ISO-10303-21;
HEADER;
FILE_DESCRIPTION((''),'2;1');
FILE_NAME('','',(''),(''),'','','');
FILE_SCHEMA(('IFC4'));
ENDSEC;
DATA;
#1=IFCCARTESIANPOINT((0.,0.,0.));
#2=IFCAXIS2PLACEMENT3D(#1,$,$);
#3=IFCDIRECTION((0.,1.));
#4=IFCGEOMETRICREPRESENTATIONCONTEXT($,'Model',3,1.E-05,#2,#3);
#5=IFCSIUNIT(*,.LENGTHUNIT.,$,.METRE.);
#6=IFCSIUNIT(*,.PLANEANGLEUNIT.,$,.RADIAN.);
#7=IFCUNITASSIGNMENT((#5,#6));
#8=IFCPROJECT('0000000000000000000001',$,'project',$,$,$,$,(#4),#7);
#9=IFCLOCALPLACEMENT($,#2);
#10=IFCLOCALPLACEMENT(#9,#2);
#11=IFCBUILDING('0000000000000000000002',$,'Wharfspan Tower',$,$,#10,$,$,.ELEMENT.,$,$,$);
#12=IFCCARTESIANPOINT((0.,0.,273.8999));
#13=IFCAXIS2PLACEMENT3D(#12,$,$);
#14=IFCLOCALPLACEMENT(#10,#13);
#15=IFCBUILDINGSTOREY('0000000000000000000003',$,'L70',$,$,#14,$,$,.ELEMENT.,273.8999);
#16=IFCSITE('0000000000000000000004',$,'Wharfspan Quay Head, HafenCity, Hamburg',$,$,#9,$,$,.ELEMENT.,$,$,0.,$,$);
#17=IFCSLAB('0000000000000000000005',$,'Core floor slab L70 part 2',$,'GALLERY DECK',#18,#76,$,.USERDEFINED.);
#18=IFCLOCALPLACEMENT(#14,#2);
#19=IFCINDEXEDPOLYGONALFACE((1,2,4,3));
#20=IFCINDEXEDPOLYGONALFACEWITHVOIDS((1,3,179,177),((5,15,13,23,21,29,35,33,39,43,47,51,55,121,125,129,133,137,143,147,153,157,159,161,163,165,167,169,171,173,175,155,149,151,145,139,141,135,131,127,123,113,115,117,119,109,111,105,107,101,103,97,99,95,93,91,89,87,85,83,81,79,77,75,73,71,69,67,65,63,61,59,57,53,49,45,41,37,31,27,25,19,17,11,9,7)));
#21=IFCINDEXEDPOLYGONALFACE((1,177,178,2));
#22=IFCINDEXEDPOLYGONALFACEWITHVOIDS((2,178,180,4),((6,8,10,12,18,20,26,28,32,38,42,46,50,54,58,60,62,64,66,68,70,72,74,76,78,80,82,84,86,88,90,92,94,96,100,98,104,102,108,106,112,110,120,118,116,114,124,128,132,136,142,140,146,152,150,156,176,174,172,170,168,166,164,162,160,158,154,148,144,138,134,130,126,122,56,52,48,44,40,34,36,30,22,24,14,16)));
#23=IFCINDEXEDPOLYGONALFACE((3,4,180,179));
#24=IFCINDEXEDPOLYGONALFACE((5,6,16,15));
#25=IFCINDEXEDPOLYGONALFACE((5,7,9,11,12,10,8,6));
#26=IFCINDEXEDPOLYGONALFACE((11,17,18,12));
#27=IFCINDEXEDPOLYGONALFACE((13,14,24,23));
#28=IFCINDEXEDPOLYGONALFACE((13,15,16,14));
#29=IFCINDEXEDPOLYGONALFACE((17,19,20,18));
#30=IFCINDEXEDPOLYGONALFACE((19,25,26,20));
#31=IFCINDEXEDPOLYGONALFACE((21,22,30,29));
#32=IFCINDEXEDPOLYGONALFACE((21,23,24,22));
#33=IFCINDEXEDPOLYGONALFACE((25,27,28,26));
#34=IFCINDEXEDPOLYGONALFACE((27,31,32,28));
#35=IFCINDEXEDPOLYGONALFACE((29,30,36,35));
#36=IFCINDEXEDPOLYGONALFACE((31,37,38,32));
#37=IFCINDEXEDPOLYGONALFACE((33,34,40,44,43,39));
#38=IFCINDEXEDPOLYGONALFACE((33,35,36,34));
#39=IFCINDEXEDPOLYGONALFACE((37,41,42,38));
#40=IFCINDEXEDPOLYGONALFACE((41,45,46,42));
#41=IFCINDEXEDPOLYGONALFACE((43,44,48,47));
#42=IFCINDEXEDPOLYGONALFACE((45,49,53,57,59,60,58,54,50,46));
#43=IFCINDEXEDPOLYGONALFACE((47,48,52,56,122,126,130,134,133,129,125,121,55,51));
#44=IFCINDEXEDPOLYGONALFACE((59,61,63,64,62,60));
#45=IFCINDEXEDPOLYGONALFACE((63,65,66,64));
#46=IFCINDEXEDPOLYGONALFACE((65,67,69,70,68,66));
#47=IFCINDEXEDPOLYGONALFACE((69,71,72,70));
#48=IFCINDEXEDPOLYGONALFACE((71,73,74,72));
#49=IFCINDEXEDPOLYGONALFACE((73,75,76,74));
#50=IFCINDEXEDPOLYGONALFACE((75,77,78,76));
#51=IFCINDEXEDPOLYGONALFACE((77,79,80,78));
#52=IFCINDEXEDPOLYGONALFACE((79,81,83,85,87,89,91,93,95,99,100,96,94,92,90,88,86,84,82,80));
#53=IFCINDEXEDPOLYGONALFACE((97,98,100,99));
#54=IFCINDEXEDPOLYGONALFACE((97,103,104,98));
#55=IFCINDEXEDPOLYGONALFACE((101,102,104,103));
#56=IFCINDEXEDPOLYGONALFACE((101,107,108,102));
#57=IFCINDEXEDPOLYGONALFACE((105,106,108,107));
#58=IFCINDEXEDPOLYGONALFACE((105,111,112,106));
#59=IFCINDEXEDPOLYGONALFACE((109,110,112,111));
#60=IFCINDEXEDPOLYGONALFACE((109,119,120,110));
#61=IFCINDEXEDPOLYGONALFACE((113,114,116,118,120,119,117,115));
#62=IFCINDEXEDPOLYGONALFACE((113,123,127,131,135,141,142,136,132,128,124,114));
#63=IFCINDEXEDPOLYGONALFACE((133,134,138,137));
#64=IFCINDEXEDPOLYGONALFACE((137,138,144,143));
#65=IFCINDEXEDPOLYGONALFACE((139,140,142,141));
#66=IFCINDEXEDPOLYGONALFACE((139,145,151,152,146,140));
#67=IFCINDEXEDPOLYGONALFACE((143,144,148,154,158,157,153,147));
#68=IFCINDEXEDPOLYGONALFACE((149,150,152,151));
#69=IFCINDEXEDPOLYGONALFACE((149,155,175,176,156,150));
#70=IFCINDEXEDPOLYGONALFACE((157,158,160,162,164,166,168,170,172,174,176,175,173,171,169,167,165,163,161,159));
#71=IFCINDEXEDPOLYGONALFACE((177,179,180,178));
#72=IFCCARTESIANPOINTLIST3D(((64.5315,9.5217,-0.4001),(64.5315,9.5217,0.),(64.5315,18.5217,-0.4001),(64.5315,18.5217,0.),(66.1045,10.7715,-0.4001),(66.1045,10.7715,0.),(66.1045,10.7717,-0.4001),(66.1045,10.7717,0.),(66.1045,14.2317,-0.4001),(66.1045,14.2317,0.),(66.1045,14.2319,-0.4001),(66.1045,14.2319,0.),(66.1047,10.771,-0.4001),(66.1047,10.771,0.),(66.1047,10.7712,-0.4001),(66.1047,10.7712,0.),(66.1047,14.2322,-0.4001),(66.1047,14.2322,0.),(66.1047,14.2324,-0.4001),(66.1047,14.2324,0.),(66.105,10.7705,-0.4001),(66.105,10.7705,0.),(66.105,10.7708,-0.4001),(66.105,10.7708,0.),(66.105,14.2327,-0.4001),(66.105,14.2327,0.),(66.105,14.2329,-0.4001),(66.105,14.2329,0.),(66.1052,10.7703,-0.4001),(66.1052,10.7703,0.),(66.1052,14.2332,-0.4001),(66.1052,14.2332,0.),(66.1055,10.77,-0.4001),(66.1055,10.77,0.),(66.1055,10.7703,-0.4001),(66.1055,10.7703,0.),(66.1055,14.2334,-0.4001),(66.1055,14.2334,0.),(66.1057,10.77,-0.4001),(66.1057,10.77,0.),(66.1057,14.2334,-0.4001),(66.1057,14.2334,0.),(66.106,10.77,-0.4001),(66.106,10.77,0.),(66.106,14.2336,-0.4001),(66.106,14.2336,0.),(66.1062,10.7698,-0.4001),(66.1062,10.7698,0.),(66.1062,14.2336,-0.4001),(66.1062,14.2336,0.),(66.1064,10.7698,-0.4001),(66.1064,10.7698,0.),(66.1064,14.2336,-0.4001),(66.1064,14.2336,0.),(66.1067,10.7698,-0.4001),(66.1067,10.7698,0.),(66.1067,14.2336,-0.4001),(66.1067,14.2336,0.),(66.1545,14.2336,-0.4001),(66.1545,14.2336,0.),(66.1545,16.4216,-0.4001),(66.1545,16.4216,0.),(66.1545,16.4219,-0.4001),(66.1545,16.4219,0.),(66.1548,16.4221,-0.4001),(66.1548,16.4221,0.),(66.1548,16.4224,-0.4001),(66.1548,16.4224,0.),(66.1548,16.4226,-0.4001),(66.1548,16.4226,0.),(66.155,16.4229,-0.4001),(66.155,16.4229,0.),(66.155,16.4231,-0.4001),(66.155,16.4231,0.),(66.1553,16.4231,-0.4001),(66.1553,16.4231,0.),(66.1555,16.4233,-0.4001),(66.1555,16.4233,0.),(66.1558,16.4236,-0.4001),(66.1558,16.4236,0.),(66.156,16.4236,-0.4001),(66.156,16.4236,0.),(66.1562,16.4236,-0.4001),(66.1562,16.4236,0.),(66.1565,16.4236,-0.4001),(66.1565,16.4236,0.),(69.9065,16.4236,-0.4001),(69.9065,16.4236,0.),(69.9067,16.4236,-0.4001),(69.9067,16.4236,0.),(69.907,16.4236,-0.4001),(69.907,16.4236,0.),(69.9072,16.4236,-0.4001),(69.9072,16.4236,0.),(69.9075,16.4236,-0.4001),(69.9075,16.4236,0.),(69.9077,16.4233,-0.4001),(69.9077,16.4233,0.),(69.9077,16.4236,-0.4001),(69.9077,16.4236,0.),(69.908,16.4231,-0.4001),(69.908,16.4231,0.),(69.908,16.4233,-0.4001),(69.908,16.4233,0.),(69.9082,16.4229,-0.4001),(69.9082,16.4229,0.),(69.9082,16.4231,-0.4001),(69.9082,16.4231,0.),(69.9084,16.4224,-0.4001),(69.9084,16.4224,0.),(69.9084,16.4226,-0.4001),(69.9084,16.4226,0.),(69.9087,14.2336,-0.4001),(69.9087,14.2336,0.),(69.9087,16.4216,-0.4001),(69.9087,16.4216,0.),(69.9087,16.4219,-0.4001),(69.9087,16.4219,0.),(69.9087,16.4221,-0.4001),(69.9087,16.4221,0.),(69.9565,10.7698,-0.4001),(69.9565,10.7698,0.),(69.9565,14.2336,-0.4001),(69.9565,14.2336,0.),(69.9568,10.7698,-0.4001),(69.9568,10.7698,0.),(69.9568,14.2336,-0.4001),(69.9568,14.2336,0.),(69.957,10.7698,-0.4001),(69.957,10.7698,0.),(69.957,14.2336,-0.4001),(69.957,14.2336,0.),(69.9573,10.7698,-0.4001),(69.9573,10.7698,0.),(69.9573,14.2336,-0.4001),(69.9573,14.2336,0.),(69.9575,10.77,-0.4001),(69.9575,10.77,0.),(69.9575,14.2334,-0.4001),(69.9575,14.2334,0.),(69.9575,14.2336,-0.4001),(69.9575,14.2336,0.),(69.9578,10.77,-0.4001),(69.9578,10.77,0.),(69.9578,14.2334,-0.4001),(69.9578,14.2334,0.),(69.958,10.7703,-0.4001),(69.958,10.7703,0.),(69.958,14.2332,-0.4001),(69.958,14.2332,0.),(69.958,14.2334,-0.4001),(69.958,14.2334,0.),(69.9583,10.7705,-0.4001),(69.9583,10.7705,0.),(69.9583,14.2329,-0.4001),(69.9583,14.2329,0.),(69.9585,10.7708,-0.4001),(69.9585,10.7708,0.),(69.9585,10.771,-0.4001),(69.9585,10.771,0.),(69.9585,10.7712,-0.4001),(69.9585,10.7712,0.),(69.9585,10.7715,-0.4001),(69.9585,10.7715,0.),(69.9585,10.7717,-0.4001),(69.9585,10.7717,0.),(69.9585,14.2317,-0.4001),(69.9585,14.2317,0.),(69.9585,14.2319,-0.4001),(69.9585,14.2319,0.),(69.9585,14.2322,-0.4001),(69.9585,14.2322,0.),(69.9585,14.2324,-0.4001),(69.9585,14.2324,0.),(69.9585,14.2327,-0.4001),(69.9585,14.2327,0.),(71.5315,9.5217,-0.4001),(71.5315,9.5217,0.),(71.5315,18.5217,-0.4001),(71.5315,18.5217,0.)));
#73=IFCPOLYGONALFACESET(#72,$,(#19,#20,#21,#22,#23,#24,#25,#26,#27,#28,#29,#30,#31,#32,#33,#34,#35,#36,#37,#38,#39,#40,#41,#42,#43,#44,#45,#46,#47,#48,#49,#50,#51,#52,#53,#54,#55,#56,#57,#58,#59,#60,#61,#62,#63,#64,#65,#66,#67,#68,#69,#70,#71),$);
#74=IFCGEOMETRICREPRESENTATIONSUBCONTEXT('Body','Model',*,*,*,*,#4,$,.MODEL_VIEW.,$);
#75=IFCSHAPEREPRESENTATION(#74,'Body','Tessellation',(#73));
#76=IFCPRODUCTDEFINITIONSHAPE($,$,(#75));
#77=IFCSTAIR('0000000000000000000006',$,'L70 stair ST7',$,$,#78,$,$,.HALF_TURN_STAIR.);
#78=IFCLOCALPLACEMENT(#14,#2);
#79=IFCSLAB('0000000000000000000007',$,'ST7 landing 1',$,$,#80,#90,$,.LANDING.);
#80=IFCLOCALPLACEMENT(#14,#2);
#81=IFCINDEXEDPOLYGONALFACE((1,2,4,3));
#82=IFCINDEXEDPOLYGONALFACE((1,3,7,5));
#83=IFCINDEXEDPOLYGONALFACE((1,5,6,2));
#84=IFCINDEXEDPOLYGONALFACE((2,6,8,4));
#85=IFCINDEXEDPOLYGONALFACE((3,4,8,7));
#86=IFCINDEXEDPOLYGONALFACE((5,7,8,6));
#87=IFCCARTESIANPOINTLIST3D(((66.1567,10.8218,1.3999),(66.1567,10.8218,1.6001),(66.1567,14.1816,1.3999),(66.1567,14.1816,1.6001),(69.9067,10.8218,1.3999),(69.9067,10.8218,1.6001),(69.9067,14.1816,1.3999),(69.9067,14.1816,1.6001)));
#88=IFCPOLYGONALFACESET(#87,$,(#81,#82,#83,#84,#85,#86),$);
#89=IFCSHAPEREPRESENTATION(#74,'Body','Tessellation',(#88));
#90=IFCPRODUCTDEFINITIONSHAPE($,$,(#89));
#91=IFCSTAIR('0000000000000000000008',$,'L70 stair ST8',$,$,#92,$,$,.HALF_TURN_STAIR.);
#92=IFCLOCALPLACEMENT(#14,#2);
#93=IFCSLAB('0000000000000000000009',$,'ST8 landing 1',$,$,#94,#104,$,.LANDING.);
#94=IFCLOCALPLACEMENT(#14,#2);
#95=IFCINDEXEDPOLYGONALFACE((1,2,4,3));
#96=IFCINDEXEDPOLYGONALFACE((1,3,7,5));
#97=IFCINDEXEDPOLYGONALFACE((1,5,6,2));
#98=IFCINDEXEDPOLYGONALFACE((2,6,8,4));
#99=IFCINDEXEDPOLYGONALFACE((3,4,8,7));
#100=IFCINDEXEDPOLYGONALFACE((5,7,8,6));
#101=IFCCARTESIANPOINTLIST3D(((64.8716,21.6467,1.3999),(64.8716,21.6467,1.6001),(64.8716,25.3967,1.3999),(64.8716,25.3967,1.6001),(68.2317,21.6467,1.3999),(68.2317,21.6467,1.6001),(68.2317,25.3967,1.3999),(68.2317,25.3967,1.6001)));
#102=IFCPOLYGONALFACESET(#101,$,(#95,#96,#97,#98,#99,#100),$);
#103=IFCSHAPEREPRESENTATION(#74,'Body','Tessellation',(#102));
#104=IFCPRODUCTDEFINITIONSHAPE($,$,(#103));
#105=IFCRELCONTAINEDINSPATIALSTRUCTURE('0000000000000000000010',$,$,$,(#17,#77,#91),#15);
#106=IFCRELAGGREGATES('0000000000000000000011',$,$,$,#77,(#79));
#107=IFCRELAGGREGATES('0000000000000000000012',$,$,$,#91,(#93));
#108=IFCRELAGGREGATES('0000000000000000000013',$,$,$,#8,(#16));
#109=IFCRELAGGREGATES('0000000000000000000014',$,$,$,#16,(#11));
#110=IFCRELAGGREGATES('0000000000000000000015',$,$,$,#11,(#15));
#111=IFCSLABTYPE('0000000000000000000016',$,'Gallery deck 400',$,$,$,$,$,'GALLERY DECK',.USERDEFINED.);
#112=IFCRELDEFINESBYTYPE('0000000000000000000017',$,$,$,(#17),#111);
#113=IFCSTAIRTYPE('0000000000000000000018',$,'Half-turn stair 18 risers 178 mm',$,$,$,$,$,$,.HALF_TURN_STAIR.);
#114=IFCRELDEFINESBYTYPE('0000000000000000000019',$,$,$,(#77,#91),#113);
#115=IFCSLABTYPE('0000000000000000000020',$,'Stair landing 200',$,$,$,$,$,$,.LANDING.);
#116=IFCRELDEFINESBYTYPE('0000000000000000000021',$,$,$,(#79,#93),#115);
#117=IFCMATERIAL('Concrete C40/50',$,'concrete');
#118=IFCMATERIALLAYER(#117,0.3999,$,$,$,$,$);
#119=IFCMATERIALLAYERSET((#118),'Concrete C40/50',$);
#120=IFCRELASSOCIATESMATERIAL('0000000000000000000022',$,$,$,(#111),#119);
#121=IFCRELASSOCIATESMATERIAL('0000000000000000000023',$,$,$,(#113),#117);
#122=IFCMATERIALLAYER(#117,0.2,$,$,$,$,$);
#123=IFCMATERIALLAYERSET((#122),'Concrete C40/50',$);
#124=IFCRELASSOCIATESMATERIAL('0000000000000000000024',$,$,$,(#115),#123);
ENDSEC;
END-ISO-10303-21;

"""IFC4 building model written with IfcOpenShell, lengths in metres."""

from ifc_helpers import new_model, si_unit, direction, frame, origin, place, context, subcontext, project, spatial, polyline, outline, extrude, material, layer, layer_set, type_object, element, aggregate, save


model = new_model("IFC4")

# Units and contexts
model_context = context("Model", 3, precision=1e-05, world=origin(), true_north=direction((0.0, 1.0)))
body_context = subcontext(model_context, "Body", "Model", "MODEL_VIEW")
ifc_project = project(units=[si_unit("LENGTHUNIT", "METRE"), si_unit("PLANEANGLEUNIT", "RADIAN")], contexts=[model_context])

# Site, building, storey
site_placement = place(None, origin())
site = spatial("IfcSite", under=ifc_project, at=site_placement, Name="Wharfspan Quay Head, HafenCity, Hamburg", CompositionType="ELEMENT", RefElevation=0.0)
building_placement = place(site_placement, origin())
building = spatial("IfcBuilding", under=site, at=building_placement, Name="Wharfspan Tower", CompositionType="ELEMENT")
storey_placement = place(building_placement, frame((0.0, 0.0, 273.8999)))
storey = spatial("IfcBuildingStorey", under=building, at=storey_placement, Name="L70", CompositionType="ELEMENT", Elevation=273.8999)

# Slab
ifc_material_1 = material(Name="Concrete C40/50", Category="concrete")
ifc_layer_1 = layer(ifc_material_1, 0.3999)
ifc_layer_set_1 = layer_set([ifc_layer_1], Name="Concrete C40/50")
slab_type_1 = type_object("IfcSlabType", Name="Gallery deck 400", ElementType="GALLERY DECK", PredefinedType="USERDEFINED", material=ifc_layer_set_1)
slab_1_placement = place(storey_placement, frame((0.0, 0.0, -0.4001)))
element("IfcSlab", 1, at=slab_1_placement, inside=storey, type_object=slab_type_1, Name="Core floor slab L70 part 2", ObjectType="GALLERY DECK", PredefinedType="USERDEFINED", context=body_context, shape_type="SweptSolid", body=[
    extrude(outline(polyline([(64.5315, 9.5217), (71.5315, 9.5217), (71.5315, 18.5217), (64.5315, 18.5217), (64.5315, 9.5217)]), holes=[polyline([(66.1545, 16.4216), (66.1545, 16.4219), (66.1548, 16.4221), (66.1548, 16.4224), (66.1548, 16.4226), (66.1548, 16.4226), (66.155, 16.4229), (66.155, 16.4231), (66.1553, 16.4231), (66.1555, 16.4233), (66.1555, 16.4233), (66.1558, 16.4236), (66.156, 16.4236), (66.156, 16.4236), (66.1562, 16.4236), (66.1565, 16.4236), (66.1565, 16.4236), (69.9065, 16.4236), (69.9067, 16.4236), (69.907, 16.4236), (69.9072, 16.4236), (69.9075, 16.4236), (69.9077, 16.4236), (69.9077, 16.4233), (69.908, 16.4233), (69.908, 16.4231), (69.9082, 16.4231), (69.9082, 16.4229), (69.9084, 16.4226), (69.9084, 16.4226), (69.9084, 16.4224), (69.9087, 16.4221), (69.9087, 16.4219), (69.9087, 16.4216), (69.9087, 14.2336), (69.9565, 14.2336), (69.9568, 14.2336), (69.957, 14.2336), (69.9573, 14.2336), (69.9575, 14.2336), (69.9575, 14.2334), (69.9578, 14.2334), (69.958, 14.2334), (69.958, 14.2332), (69.9583, 14.2329), (69.9583, 14.2329), (69.9585, 14.2327), (69.9585, 14.2324), (69.9585, 14.2324), (69.9585, 14.2322), (69.9585, 14.2319), (69.9585, 14.2317), (69.9585, 10.7717), (69.9585, 10.7715), (69.9585, 10.7712), (69.9585, 10.771), (69.9585, 10.771), (69.9585, 10.7708), (69.9583, 10.7705), (69.9583, 10.7705), (69.958, 10.7703), (69.958, 10.7703), (69.9578, 10.77), (69.9575, 10.77), (69.9575, 10.77), (69.9573, 10.7698), (69.957, 10.7698), (69.9568, 10.7698), (69.9565, 10.7698), (66.1067, 10.7698), (66.1064, 10.7698), (66.1062, 10.7698), (66.1062, 10.7698), (66.106, 10.77), (66.1057, 10.77), (66.1055, 10.77), (66.1055, 10.7703), (66.1052, 10.7703), (66.105, 10.7705), (66.105, 10.7705), (66.105, 10.7708), (66.1047, 10.771), (66.1047, 10.771), (66.1047, 10.7712), (66.1045, 10.7715), (66.1045, 10.7717), (66.1045, 14.2317), (66.1045, 14.2319), (66.1047, 14.2322), (66.1047, 14.2324), (66.1047, 14.2324), (66.105, 14.2327), (66.105, 14.2329), (66.105, 14.2329), (66.1052, 14.2332), (66.1055, 14.2334), (66.1055, 14.2334), (66.1057, 14.2334), (66.106, 14.2336), (66.1062, 14.2336), (66.1062, 14.2336), (66.1064, 14.2336), (66.1067, 14.2336), (66.1545, 14.2336), (66.1545, 16.4216)])]), origin(), (0.0, 0.0, 1.0), 0.4001),
])

# Stairs, slabs
stair_type = type_object("IfcStairType", Name="Half-turn stair 18 risers 178 mm", PredefinedType="HALF_TURN_STAIR", material=ifc_material_1)
stair_1_placement = place(storey_placement, origin())
stair_1 = element("IfcStair", 2, at=stair_1_placement, inside=storey, type_object=stair_type, Name="L70 stair ST7", PredefinedType="HALF_TURN_STAIR")
ifc_layer_2 = layer(ifc_material_1, 0.2)
ifc_layer_set_2 = layer_set([ifc_layer_2], Name="Concrete C40/50")
slab_type_2 = type_object("IfcSlabType", Name="Stair landing 200", PredefinedType="LANDING", material=ifc_layer_set_2)
slab_2_placement = place(storey_placement, frame((0.0, 0.0, 1.3999)))
slab_2 = element("IfcSlab", 3, at=slab_2_placement, type_object=slab_type_2, Name="ST7 landing 1", PredefinedType="LANDING", context=body_context, shape_type="SweptSolid", body=[
    extrude(outline(polyline([(66.1567, 14.1816), (66.1567, 10.8218), (69.9067, 10.8218), (69.9067, 14.1816), (66.1567, 14.1816)])), origin(), (0.0, 0.0, 1.0), 0.2002),
])
aggregate(stair_1, [slab_2])
stair_2_placement = place(storey_placement, origin())
stair_2 = element("IfcStair", 4, at=stair_2_placement, inside=storey, type_object=stair_type, Name="L70 stair ST8", PredefinedType="HALF_TURN_STAIR")
slab_3_placement = place(storey_placement, frame((0.0, 0.0, 1.3999)))
slab_3 = element("IfcSlab", 5, at=slab_3_placement, type_object=slab_type_2, Name="ST8 landing 1", PredefinedType="LANDING", context=body_context, shape_type="SweptSolid", body=[
    extrude(outline(polyline([(64.8716, 21.6467), (68.2317, 21.6467), (68.2317, 25.3967), (64.8716, 25.3967), (64.8716, 21.6467)])), origin(), (0.0, 0.0, 1.0), 0.2002),
])
aggregate(stair_2, [slab_3])

save(model, "model.ifc")
